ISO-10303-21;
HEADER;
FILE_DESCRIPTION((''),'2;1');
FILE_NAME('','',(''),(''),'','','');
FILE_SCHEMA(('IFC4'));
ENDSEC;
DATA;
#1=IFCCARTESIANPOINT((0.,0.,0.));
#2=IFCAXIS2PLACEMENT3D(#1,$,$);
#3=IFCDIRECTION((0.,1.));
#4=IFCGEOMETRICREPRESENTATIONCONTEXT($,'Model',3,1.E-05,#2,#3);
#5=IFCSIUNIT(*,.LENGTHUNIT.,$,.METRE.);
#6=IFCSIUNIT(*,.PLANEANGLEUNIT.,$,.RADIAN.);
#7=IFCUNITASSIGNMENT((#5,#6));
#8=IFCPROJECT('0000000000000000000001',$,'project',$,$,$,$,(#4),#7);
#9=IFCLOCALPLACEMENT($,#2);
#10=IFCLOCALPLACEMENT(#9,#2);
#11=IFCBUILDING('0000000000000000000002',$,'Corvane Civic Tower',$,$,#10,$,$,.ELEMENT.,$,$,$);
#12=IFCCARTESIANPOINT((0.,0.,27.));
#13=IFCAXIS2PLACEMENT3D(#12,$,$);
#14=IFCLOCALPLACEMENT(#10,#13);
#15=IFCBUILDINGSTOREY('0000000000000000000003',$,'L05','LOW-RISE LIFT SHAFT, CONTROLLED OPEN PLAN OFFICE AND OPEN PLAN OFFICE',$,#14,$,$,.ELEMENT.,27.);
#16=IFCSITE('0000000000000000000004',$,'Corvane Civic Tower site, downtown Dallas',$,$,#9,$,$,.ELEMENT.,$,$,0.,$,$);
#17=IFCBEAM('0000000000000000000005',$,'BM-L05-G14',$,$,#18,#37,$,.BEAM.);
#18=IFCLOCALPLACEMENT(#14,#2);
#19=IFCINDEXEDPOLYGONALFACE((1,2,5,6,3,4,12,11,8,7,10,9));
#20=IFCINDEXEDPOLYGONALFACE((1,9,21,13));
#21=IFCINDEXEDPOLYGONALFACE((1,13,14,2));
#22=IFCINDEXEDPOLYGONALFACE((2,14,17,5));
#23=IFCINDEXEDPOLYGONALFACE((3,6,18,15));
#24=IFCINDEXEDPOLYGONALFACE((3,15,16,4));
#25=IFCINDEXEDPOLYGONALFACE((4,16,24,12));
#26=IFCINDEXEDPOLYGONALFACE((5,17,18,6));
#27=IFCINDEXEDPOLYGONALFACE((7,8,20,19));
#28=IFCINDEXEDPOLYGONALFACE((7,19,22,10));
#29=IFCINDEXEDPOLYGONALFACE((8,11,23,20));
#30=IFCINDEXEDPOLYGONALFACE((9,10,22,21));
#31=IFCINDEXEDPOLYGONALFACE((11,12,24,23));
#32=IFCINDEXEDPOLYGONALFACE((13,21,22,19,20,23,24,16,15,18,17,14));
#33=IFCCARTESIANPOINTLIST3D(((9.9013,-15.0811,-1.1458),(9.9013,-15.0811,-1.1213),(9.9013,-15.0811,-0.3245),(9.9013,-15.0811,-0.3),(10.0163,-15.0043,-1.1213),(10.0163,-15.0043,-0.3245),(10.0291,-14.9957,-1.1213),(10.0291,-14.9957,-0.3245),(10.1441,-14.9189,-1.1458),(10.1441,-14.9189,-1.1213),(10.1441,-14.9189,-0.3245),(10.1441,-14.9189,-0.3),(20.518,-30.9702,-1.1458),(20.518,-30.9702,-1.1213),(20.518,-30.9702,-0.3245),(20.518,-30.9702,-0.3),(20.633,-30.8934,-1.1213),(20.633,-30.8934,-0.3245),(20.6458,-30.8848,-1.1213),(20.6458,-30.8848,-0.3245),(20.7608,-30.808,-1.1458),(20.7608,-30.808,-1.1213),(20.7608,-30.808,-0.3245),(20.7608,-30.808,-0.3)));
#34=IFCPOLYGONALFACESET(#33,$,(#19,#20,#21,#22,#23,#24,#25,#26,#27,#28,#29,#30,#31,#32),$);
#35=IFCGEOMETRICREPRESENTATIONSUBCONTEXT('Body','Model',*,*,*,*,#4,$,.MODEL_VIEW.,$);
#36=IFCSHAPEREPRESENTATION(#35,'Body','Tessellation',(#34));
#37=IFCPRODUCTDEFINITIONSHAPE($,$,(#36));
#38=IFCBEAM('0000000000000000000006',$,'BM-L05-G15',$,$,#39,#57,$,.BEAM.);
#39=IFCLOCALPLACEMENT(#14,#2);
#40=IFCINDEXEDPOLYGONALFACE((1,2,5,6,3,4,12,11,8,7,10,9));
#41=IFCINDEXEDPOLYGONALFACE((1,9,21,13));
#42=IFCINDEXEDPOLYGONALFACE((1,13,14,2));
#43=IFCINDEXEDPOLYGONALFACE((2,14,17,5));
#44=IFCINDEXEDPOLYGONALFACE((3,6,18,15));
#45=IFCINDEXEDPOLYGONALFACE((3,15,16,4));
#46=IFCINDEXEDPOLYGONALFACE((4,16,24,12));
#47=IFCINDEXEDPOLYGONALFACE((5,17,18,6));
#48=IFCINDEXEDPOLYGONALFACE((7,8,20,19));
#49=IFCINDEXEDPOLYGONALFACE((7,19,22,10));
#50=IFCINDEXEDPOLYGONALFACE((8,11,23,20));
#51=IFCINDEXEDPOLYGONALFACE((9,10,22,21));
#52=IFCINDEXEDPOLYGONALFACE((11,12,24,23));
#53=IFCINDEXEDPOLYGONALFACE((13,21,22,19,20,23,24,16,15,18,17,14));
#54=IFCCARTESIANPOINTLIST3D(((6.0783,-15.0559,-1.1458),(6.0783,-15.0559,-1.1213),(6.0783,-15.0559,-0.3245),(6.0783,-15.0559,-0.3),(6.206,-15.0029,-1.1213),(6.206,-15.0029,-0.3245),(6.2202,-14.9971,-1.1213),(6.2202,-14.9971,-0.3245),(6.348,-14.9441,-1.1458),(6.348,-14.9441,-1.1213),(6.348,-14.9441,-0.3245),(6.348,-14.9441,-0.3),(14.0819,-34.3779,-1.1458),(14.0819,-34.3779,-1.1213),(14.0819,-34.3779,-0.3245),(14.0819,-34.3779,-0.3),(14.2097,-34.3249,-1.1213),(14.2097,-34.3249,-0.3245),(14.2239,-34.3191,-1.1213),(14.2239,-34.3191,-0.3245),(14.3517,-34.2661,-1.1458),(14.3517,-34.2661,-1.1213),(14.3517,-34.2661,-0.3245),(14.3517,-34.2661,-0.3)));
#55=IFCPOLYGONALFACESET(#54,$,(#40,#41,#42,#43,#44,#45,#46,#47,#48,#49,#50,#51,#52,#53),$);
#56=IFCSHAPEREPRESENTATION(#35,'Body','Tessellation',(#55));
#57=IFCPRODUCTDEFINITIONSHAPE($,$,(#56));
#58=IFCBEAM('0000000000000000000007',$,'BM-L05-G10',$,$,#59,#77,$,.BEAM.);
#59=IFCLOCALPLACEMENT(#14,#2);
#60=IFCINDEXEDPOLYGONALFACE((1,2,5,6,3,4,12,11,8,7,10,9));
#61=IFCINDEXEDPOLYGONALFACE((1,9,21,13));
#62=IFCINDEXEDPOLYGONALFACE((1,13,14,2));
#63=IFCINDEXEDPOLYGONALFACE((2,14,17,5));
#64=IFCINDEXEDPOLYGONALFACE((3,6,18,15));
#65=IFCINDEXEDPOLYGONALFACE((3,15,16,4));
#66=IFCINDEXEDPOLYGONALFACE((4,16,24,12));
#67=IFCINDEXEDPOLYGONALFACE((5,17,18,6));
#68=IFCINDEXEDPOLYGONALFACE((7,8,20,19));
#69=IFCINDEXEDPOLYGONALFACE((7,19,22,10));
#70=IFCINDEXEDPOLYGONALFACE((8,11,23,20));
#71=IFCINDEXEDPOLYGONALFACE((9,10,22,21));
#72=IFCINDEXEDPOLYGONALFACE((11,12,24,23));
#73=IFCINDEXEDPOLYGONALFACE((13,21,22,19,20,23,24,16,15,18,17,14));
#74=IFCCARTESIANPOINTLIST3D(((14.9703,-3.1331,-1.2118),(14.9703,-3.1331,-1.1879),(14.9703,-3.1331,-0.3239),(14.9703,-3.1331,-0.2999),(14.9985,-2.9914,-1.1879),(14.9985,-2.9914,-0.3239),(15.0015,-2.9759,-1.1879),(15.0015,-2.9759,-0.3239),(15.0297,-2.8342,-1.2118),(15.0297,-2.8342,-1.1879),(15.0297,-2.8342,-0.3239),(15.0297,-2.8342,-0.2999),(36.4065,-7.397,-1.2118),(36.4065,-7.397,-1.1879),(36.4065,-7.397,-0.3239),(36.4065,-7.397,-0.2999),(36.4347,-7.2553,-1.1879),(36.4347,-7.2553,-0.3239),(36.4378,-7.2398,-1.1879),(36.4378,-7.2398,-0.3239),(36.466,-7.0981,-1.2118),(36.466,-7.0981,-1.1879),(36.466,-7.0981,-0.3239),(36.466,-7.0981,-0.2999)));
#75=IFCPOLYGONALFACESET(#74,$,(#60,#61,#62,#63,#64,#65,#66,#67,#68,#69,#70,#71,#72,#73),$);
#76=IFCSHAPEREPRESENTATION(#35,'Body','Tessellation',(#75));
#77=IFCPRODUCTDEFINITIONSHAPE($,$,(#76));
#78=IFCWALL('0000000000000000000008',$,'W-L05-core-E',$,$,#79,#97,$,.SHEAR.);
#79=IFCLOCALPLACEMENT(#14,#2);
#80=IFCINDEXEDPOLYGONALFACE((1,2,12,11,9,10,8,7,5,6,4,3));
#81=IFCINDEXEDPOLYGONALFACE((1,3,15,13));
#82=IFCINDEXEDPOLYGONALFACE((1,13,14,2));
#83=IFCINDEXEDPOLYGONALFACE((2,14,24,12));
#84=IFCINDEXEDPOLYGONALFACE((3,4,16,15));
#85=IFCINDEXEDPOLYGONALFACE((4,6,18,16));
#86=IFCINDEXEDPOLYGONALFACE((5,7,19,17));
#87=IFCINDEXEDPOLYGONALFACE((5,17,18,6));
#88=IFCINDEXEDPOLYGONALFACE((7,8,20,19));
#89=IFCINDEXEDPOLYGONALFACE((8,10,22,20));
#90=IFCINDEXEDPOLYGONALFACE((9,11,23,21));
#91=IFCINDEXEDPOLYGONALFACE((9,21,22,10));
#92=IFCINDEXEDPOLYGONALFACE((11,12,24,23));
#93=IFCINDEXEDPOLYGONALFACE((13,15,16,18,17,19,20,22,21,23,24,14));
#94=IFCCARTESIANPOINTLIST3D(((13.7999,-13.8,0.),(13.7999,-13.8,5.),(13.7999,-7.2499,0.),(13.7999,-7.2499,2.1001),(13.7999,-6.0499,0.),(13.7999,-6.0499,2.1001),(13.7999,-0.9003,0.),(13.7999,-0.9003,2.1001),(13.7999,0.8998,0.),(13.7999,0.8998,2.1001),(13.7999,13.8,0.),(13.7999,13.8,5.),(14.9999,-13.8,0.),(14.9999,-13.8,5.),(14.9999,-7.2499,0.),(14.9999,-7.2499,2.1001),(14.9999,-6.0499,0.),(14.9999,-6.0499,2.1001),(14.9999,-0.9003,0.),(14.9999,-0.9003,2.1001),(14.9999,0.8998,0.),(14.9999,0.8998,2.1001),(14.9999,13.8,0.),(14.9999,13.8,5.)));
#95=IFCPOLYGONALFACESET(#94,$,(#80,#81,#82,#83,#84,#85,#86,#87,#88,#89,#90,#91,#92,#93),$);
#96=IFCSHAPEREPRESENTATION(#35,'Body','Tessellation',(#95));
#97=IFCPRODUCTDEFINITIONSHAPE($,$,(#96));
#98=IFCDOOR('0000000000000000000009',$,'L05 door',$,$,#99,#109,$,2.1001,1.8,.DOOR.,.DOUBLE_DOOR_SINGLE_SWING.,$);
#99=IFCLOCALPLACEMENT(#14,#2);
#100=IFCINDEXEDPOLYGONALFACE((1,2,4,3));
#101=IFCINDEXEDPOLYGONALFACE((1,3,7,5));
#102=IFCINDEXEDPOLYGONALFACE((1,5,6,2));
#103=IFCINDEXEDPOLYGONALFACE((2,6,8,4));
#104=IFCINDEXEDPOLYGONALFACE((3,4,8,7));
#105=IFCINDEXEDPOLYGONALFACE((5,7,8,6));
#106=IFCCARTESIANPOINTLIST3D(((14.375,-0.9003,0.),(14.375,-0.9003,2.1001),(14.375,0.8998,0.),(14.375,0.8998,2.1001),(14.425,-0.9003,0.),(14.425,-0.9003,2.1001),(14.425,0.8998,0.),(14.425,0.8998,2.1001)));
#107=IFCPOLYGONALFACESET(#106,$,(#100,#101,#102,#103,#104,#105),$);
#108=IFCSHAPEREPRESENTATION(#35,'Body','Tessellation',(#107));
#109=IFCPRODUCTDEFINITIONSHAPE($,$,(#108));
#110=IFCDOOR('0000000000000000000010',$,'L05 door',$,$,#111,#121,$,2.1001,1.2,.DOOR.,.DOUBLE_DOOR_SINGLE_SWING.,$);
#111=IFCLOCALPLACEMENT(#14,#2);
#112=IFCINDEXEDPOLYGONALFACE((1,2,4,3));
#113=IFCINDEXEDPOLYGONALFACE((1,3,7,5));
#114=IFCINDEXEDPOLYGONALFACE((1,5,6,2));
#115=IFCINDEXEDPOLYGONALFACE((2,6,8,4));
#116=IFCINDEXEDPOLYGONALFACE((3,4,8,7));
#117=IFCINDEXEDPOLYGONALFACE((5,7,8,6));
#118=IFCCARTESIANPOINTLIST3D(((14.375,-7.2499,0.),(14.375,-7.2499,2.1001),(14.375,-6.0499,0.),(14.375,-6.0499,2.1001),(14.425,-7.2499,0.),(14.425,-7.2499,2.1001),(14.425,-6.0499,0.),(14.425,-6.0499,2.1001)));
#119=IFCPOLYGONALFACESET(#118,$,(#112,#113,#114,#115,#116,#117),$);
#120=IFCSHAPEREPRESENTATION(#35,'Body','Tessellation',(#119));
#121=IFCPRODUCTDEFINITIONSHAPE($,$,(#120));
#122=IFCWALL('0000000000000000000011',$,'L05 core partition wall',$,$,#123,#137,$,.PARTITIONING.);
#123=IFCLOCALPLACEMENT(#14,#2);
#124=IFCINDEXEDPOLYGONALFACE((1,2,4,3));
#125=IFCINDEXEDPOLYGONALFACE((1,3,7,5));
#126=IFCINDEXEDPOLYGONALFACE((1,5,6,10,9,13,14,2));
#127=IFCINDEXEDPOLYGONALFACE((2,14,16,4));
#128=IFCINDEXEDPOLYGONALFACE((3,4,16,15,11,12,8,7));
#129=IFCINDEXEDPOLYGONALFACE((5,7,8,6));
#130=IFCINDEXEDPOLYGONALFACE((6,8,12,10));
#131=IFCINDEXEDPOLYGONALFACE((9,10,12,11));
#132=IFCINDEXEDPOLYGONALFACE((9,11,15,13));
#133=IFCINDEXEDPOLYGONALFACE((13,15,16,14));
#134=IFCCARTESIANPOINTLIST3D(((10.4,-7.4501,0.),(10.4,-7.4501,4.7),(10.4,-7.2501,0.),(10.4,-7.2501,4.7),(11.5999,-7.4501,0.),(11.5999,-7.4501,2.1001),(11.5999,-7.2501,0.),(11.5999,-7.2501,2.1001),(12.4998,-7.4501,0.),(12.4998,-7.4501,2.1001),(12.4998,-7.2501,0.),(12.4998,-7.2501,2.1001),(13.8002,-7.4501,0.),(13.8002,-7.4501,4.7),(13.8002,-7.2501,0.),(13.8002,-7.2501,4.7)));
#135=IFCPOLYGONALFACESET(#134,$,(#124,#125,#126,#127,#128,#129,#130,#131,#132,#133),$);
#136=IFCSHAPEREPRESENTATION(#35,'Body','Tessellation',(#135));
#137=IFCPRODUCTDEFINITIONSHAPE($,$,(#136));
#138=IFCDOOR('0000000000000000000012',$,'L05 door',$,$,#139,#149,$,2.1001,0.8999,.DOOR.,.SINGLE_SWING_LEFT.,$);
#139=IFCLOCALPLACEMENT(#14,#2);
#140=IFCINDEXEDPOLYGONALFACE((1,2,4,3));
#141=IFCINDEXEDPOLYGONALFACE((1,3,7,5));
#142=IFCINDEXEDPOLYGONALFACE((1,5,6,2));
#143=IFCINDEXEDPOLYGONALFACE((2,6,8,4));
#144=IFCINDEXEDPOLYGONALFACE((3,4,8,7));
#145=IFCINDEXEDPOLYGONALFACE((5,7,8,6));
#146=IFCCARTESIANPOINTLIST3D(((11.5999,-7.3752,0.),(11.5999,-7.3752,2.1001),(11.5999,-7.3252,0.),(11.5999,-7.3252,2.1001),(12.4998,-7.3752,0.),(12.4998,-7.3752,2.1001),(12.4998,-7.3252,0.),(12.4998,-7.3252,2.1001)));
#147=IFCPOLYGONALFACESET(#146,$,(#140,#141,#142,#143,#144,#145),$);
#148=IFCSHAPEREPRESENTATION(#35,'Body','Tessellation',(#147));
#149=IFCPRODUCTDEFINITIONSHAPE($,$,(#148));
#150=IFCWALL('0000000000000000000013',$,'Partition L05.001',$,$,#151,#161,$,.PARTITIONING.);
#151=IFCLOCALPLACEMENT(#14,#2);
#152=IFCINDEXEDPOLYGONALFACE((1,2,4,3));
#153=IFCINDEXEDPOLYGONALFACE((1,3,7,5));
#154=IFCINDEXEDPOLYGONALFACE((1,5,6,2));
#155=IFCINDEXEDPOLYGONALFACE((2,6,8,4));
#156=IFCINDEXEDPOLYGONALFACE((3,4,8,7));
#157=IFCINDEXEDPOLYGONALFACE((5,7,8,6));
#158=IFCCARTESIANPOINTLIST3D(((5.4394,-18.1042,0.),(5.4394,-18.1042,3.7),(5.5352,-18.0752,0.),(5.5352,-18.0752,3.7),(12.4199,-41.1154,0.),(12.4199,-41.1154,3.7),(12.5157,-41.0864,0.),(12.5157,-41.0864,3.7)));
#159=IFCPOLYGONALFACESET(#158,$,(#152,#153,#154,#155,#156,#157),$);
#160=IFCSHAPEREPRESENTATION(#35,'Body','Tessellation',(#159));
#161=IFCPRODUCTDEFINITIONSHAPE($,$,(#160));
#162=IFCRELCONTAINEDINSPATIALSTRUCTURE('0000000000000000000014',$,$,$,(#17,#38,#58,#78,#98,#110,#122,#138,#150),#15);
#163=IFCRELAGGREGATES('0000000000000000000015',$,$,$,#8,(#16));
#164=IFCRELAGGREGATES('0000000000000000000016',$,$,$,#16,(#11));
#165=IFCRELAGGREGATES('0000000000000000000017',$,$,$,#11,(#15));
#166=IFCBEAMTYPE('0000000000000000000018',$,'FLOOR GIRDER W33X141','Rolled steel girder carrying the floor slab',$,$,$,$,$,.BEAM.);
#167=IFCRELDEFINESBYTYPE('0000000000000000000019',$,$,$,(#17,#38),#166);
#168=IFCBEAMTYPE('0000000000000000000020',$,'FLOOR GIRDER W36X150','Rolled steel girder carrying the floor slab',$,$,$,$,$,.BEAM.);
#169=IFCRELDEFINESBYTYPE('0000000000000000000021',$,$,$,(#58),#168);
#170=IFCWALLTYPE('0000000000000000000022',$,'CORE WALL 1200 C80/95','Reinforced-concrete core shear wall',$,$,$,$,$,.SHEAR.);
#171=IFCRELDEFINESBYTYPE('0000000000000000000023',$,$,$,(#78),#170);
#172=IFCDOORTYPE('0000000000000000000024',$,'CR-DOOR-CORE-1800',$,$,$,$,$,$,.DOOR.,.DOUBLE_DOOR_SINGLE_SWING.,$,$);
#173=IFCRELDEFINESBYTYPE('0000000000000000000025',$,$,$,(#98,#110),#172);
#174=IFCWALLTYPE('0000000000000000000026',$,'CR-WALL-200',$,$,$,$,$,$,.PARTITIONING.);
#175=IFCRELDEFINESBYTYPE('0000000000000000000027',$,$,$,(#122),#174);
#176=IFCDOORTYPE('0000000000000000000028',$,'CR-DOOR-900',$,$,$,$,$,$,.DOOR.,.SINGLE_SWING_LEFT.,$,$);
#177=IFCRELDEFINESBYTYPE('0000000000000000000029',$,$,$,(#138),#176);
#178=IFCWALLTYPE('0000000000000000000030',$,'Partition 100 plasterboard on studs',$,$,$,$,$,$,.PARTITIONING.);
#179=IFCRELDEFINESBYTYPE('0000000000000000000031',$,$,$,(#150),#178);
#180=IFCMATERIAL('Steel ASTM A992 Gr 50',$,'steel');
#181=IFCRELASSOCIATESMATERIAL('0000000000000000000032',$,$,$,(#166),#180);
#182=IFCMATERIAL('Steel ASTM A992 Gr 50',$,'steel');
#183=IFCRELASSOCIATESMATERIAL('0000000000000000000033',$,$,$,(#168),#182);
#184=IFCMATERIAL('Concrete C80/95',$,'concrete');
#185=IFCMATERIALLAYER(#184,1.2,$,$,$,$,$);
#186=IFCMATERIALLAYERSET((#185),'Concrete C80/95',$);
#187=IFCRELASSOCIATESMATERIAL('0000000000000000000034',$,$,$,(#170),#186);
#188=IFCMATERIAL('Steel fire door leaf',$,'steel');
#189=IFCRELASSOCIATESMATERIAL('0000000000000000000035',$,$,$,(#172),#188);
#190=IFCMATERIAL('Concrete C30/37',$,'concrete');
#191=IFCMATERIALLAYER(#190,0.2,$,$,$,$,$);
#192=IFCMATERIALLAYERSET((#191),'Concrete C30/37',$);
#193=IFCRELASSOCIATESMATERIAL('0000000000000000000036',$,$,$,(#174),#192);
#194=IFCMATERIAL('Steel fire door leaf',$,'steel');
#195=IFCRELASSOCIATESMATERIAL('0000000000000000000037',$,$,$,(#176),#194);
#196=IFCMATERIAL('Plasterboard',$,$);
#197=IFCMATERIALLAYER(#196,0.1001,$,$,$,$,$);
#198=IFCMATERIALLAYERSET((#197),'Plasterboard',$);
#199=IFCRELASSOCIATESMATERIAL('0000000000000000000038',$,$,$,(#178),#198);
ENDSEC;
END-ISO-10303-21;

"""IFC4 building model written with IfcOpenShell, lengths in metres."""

from ifc_helpers import new_model, si_unit, direction, frame, frame_2d, origin, origin_2d, place, context, subcontext, project, spatial, rectangle, i_section, extrude, material, layer, layer_set, material_profile, profile_set, type_object, element, fill, save


model = new_model("IFC4")

# Units and contexts
model_context = context("Model", 3, precision=1e-05, world=origin(), true_north=direction((0.0, 1.0)))
body_context = subcontext(model_context, "Body", "Model", "MODEL_VIEW")
ifc_project = project(units=[si_unit("LENGTHUNIT", "METRE"), si_unit("PLANEANGLEUNIT", "RADIAN")], contexts=[model_context])

# Site, building, storey
site_placement = place(None, origin())
site = spatial("IfcSite", under=ifc_project, at=site_placement, Name="Corvane Civic Tower site, downtown Dallas", CompositionType="ELEMENT", RefElevation=0.0)
building_placement = place(site_placement, origin())
building = spatial("IfcBuilding", under=site, at=building_placement, Name="Corvane Civic Tower", CompositionType="ELEMENT")
storey_placement = place(building_placement, frame((0.0, 0.0, 27.0)))
storey = spatial("IfcBuildingStorey", under=building, at=storey_placement, Name="L05", Description="LOW-RISE LIFT SHAFT, CONTROLLED OPEN PLAN OFFICE AND OPEN PLAN OFFICE", CompositionType="ELEMENT", Elevation=27.0)

# Beams
ifc_material_1 = material(Name="Steel ASTM A992 Gr 50", Category="steel")
ifc_material_profile_1 = material_profile(ifc_material_1, i_section(OverallWidth=0.292, OverallDepth=0.8457, WebThickness=0.0154, FlangeThickness=0.0244, at=origin_2d()), Name="W33X141")
ifc_profile_set_1 = profile_set([ifc_material_profile_1], Name="Steel ASTM A992 Gr 50")
beam_type_1 = type_object("IfcBeamType", Name="FLOOR GIRDER W33X141", Description="Rolled steel girder carrying the floor slab", PredefinedType="BEAM", material=ifc_profile_set_1)
for number, where, z_axis, x_axis, name in (
    (1, (10.0227, -15.0, -0.7229), (0.555567, -0.831472, 0.0), (0.831472, 0.555567, 0.0), "BM-L05-G14"),
):
    element("IfcBeam", number, at=place(storey_placement, frame(where, z_axis=z_axis, x_axis=x_axis)), inside=storey, type_object=beam_type_1, Name=name, PredefinedType="BEAM", context=body_context, shape_type="SweptSolid", body=[
        extrude(i_section(OverallWidth=0.292, OverallDepth=0.8457, WebThickness=0.0154, FlangeThickness=0.0244, at=origin_2d()), origin(), (0.0, 0.0, 1.0), 19.1096),
    ])
beam_1_placement = place(storey_placement, frame((6.2131, -15.0, -0.7229), z_axis=(0.382692, -0.923876, 0.0), x_axis=(0.923876, 0.382692, 0.0)))
element("IfcBeam", 2, at=beam_1_placement, inside=storey, type_object=beam_type_1, Name="BM-L05-G15", PredefinedType="BEAM", context=body_context, shape_type="SweptSolid", body=[
    extrude(i_section(OverallWidth=0.292, OverallDepth=0.8457, WebThickness=0.0154, FlangeThickness=0.0244, at=origin_2d()), origin(), (0.0, 0.0, 1.0), 20.9141),
])
ifc_material_2 = material(Name="Steel ASTM A992 Gr 50", Category="steel")
ifc_material_profile_2 = material_profile(ifc_material_2, i_section(OverallWidth=0.3047, OverallDepth=0.9119, WebThickness=0.0159, FlangeThickness=0.0239, at=origin_2d()), Name="W36X150")
ifc_profile_set_2 = profile_set([ifc_material_profile_2], Name="Steel ASTM A992 Gr 50")
beam_type_2 = type_object("IfcBeamType", Name="FLOOR GIRDER W36X150", Description="Rolled steel girder carrying the floor slab", PredefinedType="BEAM", material=ifc_profile_set_2)
beam_2_placement = place(storey_placement, frame((15.0, -2.9836, -0.7559), z_axis=(0.980785, -0.195089, 0.0), x_axis=(0.195089, 0.980785, 0.0)))
element("IfcBeam", 3, at=beam_2_placement, inside=storey, type_object=beam_type_2, Name="BM-L05-G10", PredefinedType="BEAM", context=body_context, shape_type="SweptSolid", body=[
    extrude(i_section(OverallWidth=0.3047, OverallDepth=0.9119, WebThickness=0.0159, FlangeThickness=0.0239, at=origin_2d()), origin(), (0.0, 0.0, 1.0), 21.8562),
])

# Wall, openings, doors
ifc_material_3 = material(Name="Concrete C80/95", Category="concrete")
ifc_layer_1 = layer(ifc_material_3, 1.2)
ifc_layer_set_1 = layer_set([ifc_layer_1], Name="Concrete C80/95")
wall_type_1 = type_object("IfcWallType", Name="CORE WALL 1200 C80/95", Description="Reinforced-concrete core shear wall", PredefinedType="SHEAR", material=ifc_layer_set_1)
wall_1_placement = place(storey_placement, frame((14.3999, -13.8, 0.0), z_axis=(0.0, 0.0, 1.0), x_axis=(0.0, 1.0, 0.0)))
wall_1 = element("IfcWall", 4, at=wall_1_placement, inside=storey, type_object=wall_type_1, Name="W-L05-core-E", PredefinedType="SHEAR", context=body_context, shape_type="SweptSolid", body=[
    extrude(rectangle(XDim=27.6001, YDim=1.2, at=frame_2d((13.8, 0.0))), origin(), (0.0, 0.0, 1.0), 5.0),
])
opening_1_placement = place(wall_1_placement, frame((12.8999, 0.0, 0.0)))
opening_1 = element("IfcOpeningElement", 5, at=opening_1_placement, cuts=wall_1, PredefinedType="OPENING", context=body_context, shape_type="SweptSolid", body=[
    extrude(rectangle(XDim=1.8, YDim=2.1001, at=frame_2d((0.8999, 1.05))), frame((0.0, 0.6099, 0.0), z_axis=(0.0, -1.0, 0.0), x_axis=(1.0, 0.0, 0.0)), (0.0, 0.0, 1.0), 1.22),
])
opening_2_placement = place(wall_1_placement, frame((6.55, 0.0, 0.0)))
opening_2 = element("IfcOpeningElement", 6, at=opening_2_placement, cuts=wall_1, PredefinedType="OPENING", context=body_context, shape_type="SweptSolid", body=[
    extrude(rectangle(XDim=1.2, YDim=2.1001, at=frame_2d((0.6001, 1.05))), frame((0.0, 0.6099, 0.0), z_axis=(0.0, -1.0, 0.0), x_axis=(1.0, 0.0, 0.0)), (0.0, 0.0, 1.0), 1.22),
])
ifc_material_4 = material(Name="Steel fire door leaf", Category="steel")
door_type_1 = type_object("IfcDoorType", Name="CR-DOOR-CORE-1800", OperationType="DOUBLE_DOOR_SINGLE_SWING", PredefinedType="DOOR", material=ifc_material_4)
door_1_placement = place(opening_1_placement, origin())
door_1 = element("IfcDoor", 7, at=door_1_placement, inside=storey, type_object=door_type_1, Name="L05 door", OperationType="DOUBLE_DOOR_SINGLE_SWING", OverallHeight=2.1001, OverallWidth=1.8, PredefinedType="DOOR", context=body_context, shape_type="SweptSolid", body=[
    extrude(rectangle(XDim=1.8, YDim=2.1001, at=frame_2d((0.8999, 1.05))), frame((0.0, 0.0249, 0.0), z_axis=(0.0, -1.0, 0.0), x_axis=(1.0, 0.0, 0.0)), (0.0, 0.0, 1.0), 0.05),
])
fill(opening_1, door_1)
door_2_placement = place(opening_2_placement, origin())
door_2 = element("IfcDoor", 8, at=door_2_placement, inside=storey, type_object=door_type_1, Name="L05 door", OperationType="DOUBLE_DOOR_SINGLE_SWING", OverallHeight=2.1001, OverallWidth=1.2, PredefinedType="DOOR", context=body_context, shape_type="SweptSolid", body=[
    extrude(rectangle(XDim=1.2, YDim=2.1001, at=frame_2d((0.6001, 1.05))), frame((0.0, 0.0249, 0.0), z_axis=(0.0, -1.0, 0.0), x_axis=(1.0, 0.0, 0.0)), (0.0, 0.0, 1.0), 0.05),
])
fill(opening_2, door_2)

# Wall, opening, door
ifc_material_5 = material(Name="Concrete C30/37", Category="concrete")
ifc_layer_2 = layer(ifc_material_5, 0.2)
ifc_layer_set_2 = layer_set([ifc_layer_2], Name="Concrete C30/37")
wall_type_2 = type_object("IfcWallType", Name="CR-WALL-200", PredefinedType="PARTITIONING", material=ifc_layer_set_2)
wall_2_placement = place(storey_placement, frame((10.3999, -7.3501, 0.0), z_axis=(0.0, 0.0, 1.0), x_axis=(1.0, 0.0, 0.0)))
wall_2 = element("IfcWall", 9, at=wall_2_placement, inside=storey, type_object=wall_type_2, Name="L05 core partition wall", PredefinedType="PARTITIONING", context=body_context, shape_type="SweptSolid", body=[
    extrude(rectangle(XDim=3.4001, YDim=0.2, at=frame_2d((1.7002, 0.0))), origin(), (0.0, 0.0, 1.0), 4.7),
])
opening_3_placement = place(wall_2_placement, frame((1.2, 0.0, 0.0)))
opening_3 = element("IfcOpeningElement", 10, at=opening_3_placement, cuts=wall_2, PredefinedType="OPENING", context=body_context, shape_type="SweptSolid", body=[
    extrude(rectangle(XDim=0.8999, YDim=2.1001, at=frame_2d((0.45, 1.05))), frame((0.0, 0.1099, 0.0), z_axis=(0.0, -1.0, 0.0), x_axis=(1.0, 0.0, 0.0)), (0.0, 0.0, 1.0), 0.22),
])
ifc_material_6 = material(Name="Steel fire door leaf", Category="steel")
door_type_2 = type_object("IfcDoorType", Name="CR-DOOR-900", OperationType="SINGLE_SWING_LEFT", PredefinedType="DOOR", material=ifc_material_6)
door_3_placement = place(opening_3_placement, origin())
door_3 = element("IfcDoor", 11, at=door_3_placement, inside=storey, type_object=door_type_2, Name="L05 door", OperationType="SINGLE_SWING_LEFT", OverallHeight=2.1001, OverallWidth=0.8999, PredefinedType="DOOR", context=body_context, shape_type="SweptSolid", body=[
    extrude(rectangle(XDim=0.8999, YDim=2.1001, at=frame_2d((0.45, 1.05))), frame((0.0, 0.0249, 0.0), z_axis=(0.0, -1.0, 0.0), x_axis=(1.0, 0.0, 0.0)), (0.0, 0.0, 1.0), 0.05),
])
fill(opening_3, door_3)

# Wall
ifc_material_7 = material(Name="Plasterboard")
ifc_layer_3 = layer(ifc_material_7, 0.1001)
ifc_layer_set_3 = layer_set([ifc_layer_3], Name="Plasterboard")
wall_type_3 = type_object("IfcWallType", Name="Partition 100 plasterboard on studs", PredefinedType="PARTITIONING", material=ifc_layer_set_3)
wall_3_placement = place(storey_placement, frame((5.4873, -18.0896, 0.0), z_axis=(0.0, 0.0, 1.0), x_axis=(0.290288, -0.956939, 0.0)))
element("IfcWall", 12, at=wall_3_placement, inside=storey, type_object=wall_type_3, Name="Partition L05.001", PredefinedType="PARTITIONING", context=body_context, shape_type="SweptSolid", body=[
    extrude(rectangle(XDim=24.0466, YDim=0.1001, at=frame_2d((12.0234, 0.0))), origin(), (0.0, 0.0, 1.0), 3.7),
])

save(model, "model.ifc")
